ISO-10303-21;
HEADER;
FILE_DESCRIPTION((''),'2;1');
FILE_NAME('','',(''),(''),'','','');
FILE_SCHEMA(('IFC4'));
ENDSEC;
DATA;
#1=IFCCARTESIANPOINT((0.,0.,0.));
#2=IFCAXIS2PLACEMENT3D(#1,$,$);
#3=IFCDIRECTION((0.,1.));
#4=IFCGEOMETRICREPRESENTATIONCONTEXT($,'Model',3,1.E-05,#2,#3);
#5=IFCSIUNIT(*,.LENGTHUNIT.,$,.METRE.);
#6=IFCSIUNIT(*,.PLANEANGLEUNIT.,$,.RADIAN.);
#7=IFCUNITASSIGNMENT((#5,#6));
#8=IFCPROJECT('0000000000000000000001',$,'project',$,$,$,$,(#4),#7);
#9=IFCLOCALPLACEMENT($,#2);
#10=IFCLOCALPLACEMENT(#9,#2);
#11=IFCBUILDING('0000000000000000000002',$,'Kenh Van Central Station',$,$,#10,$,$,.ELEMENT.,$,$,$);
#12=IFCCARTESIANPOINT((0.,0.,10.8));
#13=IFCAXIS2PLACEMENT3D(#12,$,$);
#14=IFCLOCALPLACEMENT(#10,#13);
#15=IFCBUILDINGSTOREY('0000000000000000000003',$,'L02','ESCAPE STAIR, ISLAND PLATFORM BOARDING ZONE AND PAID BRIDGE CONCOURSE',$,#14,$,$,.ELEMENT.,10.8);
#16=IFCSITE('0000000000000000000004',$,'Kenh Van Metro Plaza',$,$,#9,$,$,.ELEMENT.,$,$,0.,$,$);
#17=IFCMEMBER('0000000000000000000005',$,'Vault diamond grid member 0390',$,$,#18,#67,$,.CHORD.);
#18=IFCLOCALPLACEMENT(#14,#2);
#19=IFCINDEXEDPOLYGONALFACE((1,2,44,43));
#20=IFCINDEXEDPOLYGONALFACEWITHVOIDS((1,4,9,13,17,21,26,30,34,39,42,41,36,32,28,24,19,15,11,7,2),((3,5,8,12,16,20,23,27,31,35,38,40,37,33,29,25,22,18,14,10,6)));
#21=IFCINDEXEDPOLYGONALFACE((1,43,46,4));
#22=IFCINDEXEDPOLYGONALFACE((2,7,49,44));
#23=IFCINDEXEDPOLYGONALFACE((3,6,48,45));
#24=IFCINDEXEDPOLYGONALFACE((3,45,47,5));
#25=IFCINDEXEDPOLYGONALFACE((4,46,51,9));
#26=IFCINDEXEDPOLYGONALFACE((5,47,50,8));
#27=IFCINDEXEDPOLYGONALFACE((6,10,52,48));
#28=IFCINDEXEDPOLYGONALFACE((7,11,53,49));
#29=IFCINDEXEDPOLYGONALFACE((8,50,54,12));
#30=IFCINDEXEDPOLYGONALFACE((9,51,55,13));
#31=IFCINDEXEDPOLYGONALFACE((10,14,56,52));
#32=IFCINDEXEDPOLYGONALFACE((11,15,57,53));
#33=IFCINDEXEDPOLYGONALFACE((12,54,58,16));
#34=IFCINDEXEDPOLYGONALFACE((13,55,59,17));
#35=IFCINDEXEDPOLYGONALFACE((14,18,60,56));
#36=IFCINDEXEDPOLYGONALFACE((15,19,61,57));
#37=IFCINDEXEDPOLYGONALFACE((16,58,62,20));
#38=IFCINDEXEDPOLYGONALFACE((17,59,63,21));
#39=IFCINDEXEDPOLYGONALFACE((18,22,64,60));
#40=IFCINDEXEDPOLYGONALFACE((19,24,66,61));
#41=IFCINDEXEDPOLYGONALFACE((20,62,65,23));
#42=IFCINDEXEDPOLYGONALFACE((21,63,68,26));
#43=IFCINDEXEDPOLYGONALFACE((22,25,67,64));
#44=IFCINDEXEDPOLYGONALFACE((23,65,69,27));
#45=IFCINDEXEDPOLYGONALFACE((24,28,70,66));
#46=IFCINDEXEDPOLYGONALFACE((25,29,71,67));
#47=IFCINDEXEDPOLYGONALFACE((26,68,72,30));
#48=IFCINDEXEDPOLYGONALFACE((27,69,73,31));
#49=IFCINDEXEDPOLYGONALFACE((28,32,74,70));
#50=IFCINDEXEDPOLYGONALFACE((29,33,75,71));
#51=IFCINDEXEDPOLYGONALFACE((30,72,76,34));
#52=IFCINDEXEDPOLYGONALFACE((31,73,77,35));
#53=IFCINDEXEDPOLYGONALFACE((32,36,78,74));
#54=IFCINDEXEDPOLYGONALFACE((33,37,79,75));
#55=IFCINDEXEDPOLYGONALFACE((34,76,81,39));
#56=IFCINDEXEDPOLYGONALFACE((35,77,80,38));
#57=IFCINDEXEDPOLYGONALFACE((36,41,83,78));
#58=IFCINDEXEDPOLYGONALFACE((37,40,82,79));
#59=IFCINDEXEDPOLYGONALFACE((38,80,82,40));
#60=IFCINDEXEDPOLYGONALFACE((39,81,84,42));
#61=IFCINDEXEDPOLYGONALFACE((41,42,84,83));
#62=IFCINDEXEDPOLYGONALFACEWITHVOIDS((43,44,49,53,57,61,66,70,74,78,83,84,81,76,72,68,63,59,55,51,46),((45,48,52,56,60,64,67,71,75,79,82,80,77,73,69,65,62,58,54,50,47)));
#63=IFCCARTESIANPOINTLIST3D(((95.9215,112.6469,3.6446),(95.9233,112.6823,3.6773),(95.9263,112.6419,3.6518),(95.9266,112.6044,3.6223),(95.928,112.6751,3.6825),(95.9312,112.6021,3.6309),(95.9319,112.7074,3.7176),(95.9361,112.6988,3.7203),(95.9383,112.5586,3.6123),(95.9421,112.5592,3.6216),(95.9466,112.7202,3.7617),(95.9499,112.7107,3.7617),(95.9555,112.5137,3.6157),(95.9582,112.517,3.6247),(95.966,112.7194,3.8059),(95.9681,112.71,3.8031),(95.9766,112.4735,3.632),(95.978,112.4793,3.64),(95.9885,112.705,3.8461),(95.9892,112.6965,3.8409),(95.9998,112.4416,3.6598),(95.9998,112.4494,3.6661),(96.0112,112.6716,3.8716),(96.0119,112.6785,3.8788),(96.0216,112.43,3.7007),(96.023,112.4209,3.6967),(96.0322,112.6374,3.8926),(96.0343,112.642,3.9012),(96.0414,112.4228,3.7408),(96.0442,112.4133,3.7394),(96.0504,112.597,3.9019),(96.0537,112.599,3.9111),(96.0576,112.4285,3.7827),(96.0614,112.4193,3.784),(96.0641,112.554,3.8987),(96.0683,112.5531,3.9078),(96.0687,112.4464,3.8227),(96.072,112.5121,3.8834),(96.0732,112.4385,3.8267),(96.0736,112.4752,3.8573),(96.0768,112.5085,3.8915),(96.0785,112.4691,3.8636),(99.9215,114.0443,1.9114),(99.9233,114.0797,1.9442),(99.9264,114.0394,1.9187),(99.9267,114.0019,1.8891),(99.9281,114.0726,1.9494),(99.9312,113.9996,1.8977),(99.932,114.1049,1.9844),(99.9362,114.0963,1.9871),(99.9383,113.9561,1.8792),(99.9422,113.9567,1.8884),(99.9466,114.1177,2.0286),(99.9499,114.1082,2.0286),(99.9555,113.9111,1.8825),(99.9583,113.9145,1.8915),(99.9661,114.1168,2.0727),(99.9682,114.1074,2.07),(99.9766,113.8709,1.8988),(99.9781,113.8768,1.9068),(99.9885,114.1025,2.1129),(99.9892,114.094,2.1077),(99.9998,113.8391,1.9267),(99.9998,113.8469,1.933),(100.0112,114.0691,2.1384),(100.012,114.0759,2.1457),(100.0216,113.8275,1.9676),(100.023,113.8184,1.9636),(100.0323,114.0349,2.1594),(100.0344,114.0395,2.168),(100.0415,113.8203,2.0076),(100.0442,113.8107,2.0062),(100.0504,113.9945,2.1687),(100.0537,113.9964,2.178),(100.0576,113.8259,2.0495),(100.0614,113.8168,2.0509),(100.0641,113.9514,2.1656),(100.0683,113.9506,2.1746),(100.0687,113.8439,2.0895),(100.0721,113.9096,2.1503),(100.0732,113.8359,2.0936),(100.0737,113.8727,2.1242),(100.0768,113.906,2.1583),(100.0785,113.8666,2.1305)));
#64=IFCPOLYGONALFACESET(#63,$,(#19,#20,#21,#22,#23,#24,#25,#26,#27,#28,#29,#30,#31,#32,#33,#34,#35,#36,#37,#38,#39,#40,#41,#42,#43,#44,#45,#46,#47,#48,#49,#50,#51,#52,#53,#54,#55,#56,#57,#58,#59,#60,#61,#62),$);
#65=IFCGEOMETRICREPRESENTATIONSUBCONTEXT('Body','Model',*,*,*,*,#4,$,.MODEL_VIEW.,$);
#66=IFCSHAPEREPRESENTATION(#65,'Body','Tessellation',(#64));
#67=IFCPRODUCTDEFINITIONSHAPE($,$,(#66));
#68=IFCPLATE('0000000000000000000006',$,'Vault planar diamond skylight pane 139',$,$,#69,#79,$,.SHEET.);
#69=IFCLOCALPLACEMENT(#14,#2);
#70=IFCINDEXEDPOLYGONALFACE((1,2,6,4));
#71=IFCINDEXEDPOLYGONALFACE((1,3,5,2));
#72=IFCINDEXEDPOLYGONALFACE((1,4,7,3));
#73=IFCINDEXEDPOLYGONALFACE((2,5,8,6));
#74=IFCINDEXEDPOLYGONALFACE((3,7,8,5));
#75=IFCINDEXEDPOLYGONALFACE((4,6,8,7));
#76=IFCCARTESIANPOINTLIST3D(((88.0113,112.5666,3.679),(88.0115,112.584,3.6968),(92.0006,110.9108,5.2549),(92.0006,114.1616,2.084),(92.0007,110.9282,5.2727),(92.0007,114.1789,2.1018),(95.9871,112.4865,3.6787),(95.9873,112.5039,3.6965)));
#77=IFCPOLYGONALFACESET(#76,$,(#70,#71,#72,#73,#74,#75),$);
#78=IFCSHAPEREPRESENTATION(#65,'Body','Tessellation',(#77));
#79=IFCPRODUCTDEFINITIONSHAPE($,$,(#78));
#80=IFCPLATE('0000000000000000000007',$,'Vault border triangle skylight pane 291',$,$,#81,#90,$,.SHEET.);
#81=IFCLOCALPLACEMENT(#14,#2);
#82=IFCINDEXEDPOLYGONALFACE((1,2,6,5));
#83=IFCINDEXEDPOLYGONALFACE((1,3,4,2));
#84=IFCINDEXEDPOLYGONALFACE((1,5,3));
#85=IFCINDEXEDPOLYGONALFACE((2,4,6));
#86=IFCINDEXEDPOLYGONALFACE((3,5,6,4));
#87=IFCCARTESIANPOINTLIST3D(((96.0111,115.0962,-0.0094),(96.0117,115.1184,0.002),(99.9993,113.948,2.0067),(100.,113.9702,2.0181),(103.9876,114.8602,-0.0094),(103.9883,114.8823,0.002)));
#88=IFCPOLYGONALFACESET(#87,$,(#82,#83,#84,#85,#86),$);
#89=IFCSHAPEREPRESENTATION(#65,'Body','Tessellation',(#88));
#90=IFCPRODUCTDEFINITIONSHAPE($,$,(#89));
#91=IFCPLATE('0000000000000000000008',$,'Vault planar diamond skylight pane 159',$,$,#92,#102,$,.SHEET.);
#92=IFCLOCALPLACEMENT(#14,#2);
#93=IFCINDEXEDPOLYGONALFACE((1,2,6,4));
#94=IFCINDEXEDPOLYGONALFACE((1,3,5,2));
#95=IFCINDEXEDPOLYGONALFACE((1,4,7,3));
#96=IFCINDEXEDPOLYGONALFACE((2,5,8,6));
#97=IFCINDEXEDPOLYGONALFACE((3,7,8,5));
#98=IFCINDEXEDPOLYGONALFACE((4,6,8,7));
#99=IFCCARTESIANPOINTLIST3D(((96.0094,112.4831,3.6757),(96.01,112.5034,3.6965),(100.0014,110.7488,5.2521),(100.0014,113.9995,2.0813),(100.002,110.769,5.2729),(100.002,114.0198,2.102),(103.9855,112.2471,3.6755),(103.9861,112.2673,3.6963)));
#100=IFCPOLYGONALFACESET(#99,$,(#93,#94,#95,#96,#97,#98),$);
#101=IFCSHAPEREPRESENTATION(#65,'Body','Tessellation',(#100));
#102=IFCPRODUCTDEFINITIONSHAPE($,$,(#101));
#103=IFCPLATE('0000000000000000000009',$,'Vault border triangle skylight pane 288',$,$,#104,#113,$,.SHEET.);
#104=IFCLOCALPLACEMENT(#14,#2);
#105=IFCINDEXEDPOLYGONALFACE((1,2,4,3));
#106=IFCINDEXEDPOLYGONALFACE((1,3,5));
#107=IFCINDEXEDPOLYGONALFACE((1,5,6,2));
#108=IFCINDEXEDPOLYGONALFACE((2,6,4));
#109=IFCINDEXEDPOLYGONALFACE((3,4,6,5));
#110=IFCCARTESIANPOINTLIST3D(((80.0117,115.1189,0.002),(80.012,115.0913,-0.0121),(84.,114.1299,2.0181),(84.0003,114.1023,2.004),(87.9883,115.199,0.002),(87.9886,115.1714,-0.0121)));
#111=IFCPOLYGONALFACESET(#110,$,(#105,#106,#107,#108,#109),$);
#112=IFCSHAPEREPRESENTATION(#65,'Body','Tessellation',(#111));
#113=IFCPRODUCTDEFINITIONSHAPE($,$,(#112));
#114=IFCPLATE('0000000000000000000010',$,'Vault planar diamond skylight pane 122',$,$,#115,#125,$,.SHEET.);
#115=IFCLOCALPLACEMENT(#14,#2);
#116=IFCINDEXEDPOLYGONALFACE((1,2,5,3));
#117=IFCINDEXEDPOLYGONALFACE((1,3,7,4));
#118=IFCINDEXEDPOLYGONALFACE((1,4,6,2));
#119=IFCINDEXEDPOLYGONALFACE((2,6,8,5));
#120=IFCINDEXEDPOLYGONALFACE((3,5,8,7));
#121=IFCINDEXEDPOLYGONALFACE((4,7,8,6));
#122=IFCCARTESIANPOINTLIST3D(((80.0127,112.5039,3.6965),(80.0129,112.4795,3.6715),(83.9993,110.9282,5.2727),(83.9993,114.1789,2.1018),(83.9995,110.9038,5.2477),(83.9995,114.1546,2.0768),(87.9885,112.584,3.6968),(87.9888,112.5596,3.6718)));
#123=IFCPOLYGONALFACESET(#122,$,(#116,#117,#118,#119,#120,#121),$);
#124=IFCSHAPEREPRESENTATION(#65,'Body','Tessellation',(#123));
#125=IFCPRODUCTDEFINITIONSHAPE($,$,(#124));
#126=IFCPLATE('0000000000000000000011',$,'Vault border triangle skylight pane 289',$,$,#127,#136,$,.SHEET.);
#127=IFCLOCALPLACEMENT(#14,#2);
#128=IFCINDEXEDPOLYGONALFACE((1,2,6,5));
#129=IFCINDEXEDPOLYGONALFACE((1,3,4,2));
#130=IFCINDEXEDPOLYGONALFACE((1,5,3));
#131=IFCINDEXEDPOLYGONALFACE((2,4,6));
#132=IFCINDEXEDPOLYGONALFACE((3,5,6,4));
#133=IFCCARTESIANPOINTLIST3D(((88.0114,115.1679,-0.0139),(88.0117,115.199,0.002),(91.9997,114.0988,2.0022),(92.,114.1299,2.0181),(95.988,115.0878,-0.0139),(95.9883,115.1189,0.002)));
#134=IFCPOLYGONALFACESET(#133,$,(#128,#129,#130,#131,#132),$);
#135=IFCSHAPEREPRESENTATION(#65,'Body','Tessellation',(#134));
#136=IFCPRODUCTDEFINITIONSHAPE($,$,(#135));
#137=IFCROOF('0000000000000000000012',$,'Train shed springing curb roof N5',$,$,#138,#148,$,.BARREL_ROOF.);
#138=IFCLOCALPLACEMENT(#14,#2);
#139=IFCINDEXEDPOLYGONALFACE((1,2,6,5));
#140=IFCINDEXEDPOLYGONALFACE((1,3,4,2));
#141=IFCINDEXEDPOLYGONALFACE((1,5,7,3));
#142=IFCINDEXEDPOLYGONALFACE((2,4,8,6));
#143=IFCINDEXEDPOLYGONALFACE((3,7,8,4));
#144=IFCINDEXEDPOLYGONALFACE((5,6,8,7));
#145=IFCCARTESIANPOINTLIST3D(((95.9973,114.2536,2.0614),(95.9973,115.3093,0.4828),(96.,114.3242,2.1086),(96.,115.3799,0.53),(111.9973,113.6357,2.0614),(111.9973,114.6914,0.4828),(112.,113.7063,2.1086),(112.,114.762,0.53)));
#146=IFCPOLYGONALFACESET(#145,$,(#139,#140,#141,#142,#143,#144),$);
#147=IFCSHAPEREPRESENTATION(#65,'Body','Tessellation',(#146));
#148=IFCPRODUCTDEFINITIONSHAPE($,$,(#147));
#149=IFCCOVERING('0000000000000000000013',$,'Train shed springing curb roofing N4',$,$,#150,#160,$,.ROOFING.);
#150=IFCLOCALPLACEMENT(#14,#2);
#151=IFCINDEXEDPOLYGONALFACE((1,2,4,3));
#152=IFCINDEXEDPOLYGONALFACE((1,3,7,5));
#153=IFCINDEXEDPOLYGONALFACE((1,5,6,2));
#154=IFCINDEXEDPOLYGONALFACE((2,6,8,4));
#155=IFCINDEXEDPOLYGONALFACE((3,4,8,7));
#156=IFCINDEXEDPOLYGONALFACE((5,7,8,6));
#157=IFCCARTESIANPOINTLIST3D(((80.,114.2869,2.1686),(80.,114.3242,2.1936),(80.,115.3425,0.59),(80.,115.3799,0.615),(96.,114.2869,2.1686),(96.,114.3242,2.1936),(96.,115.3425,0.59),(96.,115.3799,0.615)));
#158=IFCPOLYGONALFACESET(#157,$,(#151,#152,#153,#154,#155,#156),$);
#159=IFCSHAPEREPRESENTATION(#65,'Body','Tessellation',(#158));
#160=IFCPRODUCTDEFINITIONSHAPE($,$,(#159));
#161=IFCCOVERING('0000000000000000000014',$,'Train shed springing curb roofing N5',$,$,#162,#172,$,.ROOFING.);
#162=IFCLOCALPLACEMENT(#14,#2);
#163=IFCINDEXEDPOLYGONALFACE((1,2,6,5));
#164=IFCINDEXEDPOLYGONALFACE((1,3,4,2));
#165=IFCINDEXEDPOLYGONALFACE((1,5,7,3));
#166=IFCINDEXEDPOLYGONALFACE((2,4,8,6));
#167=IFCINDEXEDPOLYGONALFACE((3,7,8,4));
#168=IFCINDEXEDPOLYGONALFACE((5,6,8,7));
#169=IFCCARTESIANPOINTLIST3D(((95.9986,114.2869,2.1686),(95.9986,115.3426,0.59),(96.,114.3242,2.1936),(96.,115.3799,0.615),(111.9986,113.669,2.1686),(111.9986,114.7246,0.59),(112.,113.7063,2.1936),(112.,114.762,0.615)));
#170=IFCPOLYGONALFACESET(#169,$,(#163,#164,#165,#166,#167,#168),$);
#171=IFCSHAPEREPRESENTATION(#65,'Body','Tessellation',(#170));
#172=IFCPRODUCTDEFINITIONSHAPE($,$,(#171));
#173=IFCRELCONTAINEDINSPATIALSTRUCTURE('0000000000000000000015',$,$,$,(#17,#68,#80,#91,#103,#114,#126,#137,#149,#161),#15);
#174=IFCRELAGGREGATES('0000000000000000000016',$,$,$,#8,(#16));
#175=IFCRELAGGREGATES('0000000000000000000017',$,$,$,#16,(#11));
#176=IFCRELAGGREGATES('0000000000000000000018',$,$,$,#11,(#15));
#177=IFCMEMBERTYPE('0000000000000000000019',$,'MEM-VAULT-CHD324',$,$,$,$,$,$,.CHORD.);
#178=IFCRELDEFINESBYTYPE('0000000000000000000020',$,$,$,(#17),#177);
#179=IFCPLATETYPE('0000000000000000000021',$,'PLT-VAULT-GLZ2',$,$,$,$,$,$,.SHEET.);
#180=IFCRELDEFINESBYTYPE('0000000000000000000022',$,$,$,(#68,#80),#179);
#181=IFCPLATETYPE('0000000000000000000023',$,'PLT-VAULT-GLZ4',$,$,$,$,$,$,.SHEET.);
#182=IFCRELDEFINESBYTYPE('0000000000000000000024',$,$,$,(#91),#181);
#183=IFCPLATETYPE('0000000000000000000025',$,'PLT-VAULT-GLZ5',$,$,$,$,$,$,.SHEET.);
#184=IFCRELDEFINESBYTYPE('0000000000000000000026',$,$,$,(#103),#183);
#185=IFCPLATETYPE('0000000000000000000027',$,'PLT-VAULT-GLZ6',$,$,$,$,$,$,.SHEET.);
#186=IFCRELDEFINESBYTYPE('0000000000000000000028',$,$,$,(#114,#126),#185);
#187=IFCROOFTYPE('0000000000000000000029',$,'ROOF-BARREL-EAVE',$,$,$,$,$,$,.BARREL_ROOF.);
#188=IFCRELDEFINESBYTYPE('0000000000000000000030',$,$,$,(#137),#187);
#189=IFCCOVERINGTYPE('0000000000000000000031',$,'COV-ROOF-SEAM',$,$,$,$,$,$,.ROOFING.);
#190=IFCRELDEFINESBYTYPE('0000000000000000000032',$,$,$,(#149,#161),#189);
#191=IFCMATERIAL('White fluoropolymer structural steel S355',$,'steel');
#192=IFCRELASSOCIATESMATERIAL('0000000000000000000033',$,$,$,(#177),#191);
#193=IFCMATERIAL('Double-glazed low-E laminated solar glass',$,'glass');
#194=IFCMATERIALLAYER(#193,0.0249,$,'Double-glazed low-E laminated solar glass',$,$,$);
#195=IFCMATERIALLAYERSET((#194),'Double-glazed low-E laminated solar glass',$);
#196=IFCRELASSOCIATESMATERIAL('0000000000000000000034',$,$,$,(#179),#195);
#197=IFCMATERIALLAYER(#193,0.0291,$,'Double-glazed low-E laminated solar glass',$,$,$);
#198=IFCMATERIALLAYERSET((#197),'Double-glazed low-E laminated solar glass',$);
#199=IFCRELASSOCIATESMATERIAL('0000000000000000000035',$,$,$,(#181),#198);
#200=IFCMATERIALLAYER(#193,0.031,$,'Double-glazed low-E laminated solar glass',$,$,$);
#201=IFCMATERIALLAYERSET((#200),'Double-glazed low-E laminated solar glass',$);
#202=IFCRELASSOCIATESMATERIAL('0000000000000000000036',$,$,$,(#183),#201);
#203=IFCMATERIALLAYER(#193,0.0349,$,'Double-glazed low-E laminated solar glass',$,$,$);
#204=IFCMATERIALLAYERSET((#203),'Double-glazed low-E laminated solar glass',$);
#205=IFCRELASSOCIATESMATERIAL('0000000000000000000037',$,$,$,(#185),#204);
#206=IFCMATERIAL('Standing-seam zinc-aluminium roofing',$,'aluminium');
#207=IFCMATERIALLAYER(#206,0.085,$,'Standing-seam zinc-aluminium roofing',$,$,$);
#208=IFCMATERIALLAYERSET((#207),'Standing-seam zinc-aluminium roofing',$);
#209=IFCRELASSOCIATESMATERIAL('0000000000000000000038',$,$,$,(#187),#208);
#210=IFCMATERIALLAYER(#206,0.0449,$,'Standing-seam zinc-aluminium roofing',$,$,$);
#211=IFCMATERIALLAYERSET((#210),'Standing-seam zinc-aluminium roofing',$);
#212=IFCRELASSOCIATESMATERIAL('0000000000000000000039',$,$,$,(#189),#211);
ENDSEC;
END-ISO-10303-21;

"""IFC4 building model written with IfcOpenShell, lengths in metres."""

from ifc_helpers import new_model, si_unit, direction, frame, origin, origin_2d, place, context, subcontext, project, spatial, polyline, hollow_circle, outline, extrude, material, layer, layer_set, material_profile, profile_set, type_object, element, save


model = new_model("IFC4")

# Units and contexts
model_context = context("Model", 3, precision=1e-05, world=origin(), true_north=direction((0.0, 1.0)))
body_context = subcontext(model_context, "Body", "Model", "MODEL_VIEW")
ifc_project = project(units=[si_unit("LENGTHUNIT", "METRE"), si_unit("PLANEANGLEUNIT", "RADIAN")], contexts=[model_context])

# Site, building, storey
site_placement = place(None, origin())
site = spatial("IfcSite", under=ifc_project, at=site_placement, Name="Kenh Van Metro Plaza", CompositionType="ELEMENT", RefElevation=0.0)
building_placement = place(site_placement, origin())
building = spatial("IfcBuilding", under=site, at=building_placement, Name="Kenh Van Central Station", CompositionType="ELEMENT")
storey_placement = place(building_placement, frame((0.0, 0.0, 10.8)))
storey = spatial("IfcBuildingStorey", under=building, at=storey_placement, Name="L02", Description="ESCAPE STAIR, ISLAND PLATFORM BOARDING ZONE AND PAID BRIDGE CONCOURSE", CompositionType="ELEMENT", Elevation=10.8)

# Shared definitions
ifc_material_1 = material(Name="White fluoropolymer structural steel S355", Category="steel")

# Member
ifc_material_profile_1 = material_profile(ifc_material_1, hollow_circle(Radius=0.1619, WallThickness=0.01, at=origin_2d()), Name="CHS 323.9x10")
ifc_profile_set_1 = profile_set([ifc_material_profile_1], Name="White fluoropolymer structural steel S355")
member_type_1 = type_object("IfcMemberType", Name="MEM-VAULT-CHD324", PredefinedType="CHORD", material=ifc_profile_set_1)
member_1_placement = place(storey_placement, frame((96.0, 112.5674, 3.7617), z_axis=(0.873772, 0.305266, -0.378596), x_axis=(-0.329817, 0.944045, 0.0)))
element("IfcMember", 1, at=member_1_placement, inside=storey, type_object=member_type_1, Name="Vault diamond grid member 0390", PredefinedType="CHORD", context=body_context, shape_type="SweptSolid", body=[
    extrude(hollow_circle(Radius=0.1619, WallThickness=0.01, at=origin_2d()), origin(), (0.0, 0.0, 1.0), 4.5779),
])

# Plates
ifc_material_2 = material(Name="Double-glazed low-E laminated solar glass", Category="glass")
ifc_layer_1 = layer(ifc_material_2, 0.0249, Name="Double-glazed low-E laminated solar glass")
ifc_layer_set_1 = layer_set([ifc_layer_1], Name="Double-glazed low-E laminated solar glass")
plate_type_1 = type_object("IfcPlateType", Name="PLT-VAULT-GLZ2", PredefinedType="SHEET", material=ifc_layer_set_1)
plate_1_placement = place(storey_placement, frame((88.0115, 112.584, 3.6968), z_axis=(0.007032, 0.698245, 0.715825), x_axis=(0.867655, -0.360127, 0.342759)))
element("IfcPlate", 2, at=plate_1_placement, inside=storey, type_object=plate_type_1, Name="Vault planar diamond skylight pane 139", PredefinedType="SHEET", context=body_context, shape_type="SweptSolid", body=[
    extrude(outline(polyline([(0.0, 0.0), (4.5977, 0.0), (6.949, 3.9155), (2.3402, 3.9402), (0.0, 0.0)])), origin(), (0.0, 0.0, -1.0), 0.0249),
])
plate_2_placement = place(storey_placement, frame((96.0117, 115.1184, 0.002), z_axis=(0.026347, 0.89018, 0.454846), x_axis=(0.864378, -0.248847, 0.436951)))
element("IfcPlate", 3, at=plate_2_placement, inside=storey, type_object=plate_type_1, Name="Vault border triangle skylight pane 291", PredefinedType="SHEET", context=body_context, shape_type="SweptSolid", body=[
    extrude(outline(polyline([(0.0, 0.0), (4.614, 0.0), (6.9535, 3.9153), (0.0, 0.0)])), origin(), (0.0, 0.0, -1.0), 0.0249),
])
ifc_layer_2 = layer(ifc_material_2, 0.0291, Name="Double-glazed low-E laminated solar glass")
ifc_layer_set_2 = layer_set([ifc_layer_2], Name="Double-glazed low-E laminated solar glass")
plate_type_2 = type_object("IfcPlateType", Name="PLT-VAULT-GLZ4", PredefinedType="SHEET", material=ifc_layer_set_2)
plate_3_placement = place(storey_placement, frame((96.01, 112.5034, 3.6965), z_axis=(0.020685, 0.698113, 0.715689), x_axis=(0.862355, -0.374668, 0.340542)))
element("IfcPlate", 4, at=plate_3_placement, inside=storey, type_object=plate_type_2, Name="Vault planar diamond skylight pane 159", PredefinedType="SHEET", context=body_context, shape_type="SweptSolid", body=[
    extrude(outline(polyline([(0.0, 0.0), (4.6291, 0.0), (6.9666, 3.8911), (2.3314, 3.9169), (0.0, 0.0)])), origin(), (0.0, 0.0, -1.0), 0.0291),
])
ifc_layer_3 = layer(ifc_material_2, 0.031, Name="Double-glazed low-E laminated solar glass")
ifc_layer_set_3 = layer_set([ifc_layer_3], Name="Double-glazed low-E laminated solar glass")
plate_type_3 = type_object("IfcPlateType", Name="PLT-VAULT-GLZ5", PredefinedType="SHEET", material=ifc_layer_set_3)
plate_4_placement = place(storey_placement, frame((80.0117, 115.1189, 0.002), z_axis=(-0.008941, 0.890651, 0.454601), x_axis=(0.871368, -0.216082, 0.440485)))
element("IfcPlate", 5, at=plate_4_placement, inside=storey, type_object=plate_type_3, Name="Vault border triangle skylight pane 288", PredefinedType="SHEET", context=body_context, shape_type="SweptSolid", body=[
    extrude(outline(polyline([(0.0, 0.0), (4.577, 0.0), (6.9332, 3.9449), (0.0, 0.0)])), origin(), (0.0, 0.0, -1.0), 0.031),
])
ifc_layer_4 = layer(ifc_material_2, 0.0349, Name="Double-glazed low-E laminated solar glass")
ifc_layer_set_4 = layer_set([ifc_layer_4], Name="Double-glazed low-E laminated solar glass")
plate_type_4 = type_object("IfcPlateType", Name="PLT-VAULT-GLZ6", PredefinedType="SHEET", material=ifc_layer_set_4)
plate_5_placement = place(storey_placement, frame((80.0127, 112.5039, 3.6965), z_axis=(-0.007032, 0.698245, 0.715825), x_axis=(0.872859, -0.344998, 0.3451)))
element("IfcPlate", 6, at=plate_5_placement, inside=storey, type_object=plate_type_4, Name="Vault planar diamond skylight pane 122", PredefinedType="SHEET", context=body_context, shape_type="SweptSolid", body=[
    extrude(outline(polyline([(0.0, 0.0), (4.5673, 0.0), (6.9342, 3.9417), (2.3515, 3.9639), (0.0, 0.0)])), origin(), (0.0, 0.0, -1.0), 0.0349),
])
plate_6_placement = place(storey_placement, frame((88.0117, 115.199, 0.002), z_axis=(0.008941, 0.890651, 0.454601), x_axis=(0.86796, -0.232664, 0.438762)))
element("IfcPlate", 7, at=plate_6_placement, inside=storey, type_object=plate_type_4, Name="Vault border triangle skylight pane 289", PredefinedType="SHEET", context=body_context, shape_type="SweptSolid", body=[
    extrude(outline(polyline([(0.0, 0.0), (4.595, 0.0), (6.942, 3.9295), (0.0, 0.0)])), origin(), (0.0, 0.0, -1.0), 0.0349),
])

# Roof
ifc_material_3 = material(Name="Standing-seam zinc-aluminium roofing", Category="aluminium")
ifc_layer_5 = layer(ifc_material_3, 0.085, Name="Standing-seam zinc-aluminium roofing")
ifc_layer_set_5 = layer_set([ifc_layer_5], Name="Standing-seam zinc-aluminium roofing")
roof_type = type_object("IfcRoofType", Name="ROOF-BARREL-EAVE", PredefinedType="BARREL_ROOF", material=ifc_layer_set_5)
roof_placement = place(storey_placement, frame((96.0, 114.3242, 2.1086), z_axis=(0.032087, 0.83083, 0.5556), x_axis=(0.999255, -0.038591, 0.0)))
element("IfcRoof", 8, at=roof_placement, inside=storey, type_object=roof_type, Name="Train shed springing curb roof N5", PredefinedType="BARREL_ROOF", context=body_context, shape_type="SweptSolid", body=[
    extrude(outline(polyline([(0.0, 0.0), (16.0119, 0.0), (15.9712, 1.8986), (-0.0407, 1.8986), (0.0, 0.0)])), origin(), (0.0, 0.0, -1.0), 0.085),
])

# Coverings
ifc_layer_6 = layer(ifc_material_3, 0.0449, Name="Standing-seam zinc-aluminium roofing")
ifc_layer_set_6 = layer_set([ifc_layer_6], Name="Standing-seam zinc-aluminium roofing")
covering_type = type_object("IfcCoveringType", Name="COV-ROOF-SEAM", PredefinedType="ROOFING", material=ifc_layer_set_6)
covering_1_placement = place(storey_placement, frame((80.0, 114.3242, 2.1936), z_axis=(0.0, 0.831258, 0.555886), x_axis=(1.0, 0.0, 0.0)))
element("IfcCovering", 9, at=covering_1_placement, inside=storey, type_object=covering_type, Name="Train shed springing curb roofing N4", PredefinedType="ROOFING", context=body_context, shape_type="SweptSolid", body=[
    extrude(outline(polyline([(0.0, 0.0), (16.0, 0.0), (16.0, 1.8991), (0.0, 1.8991), (0.0, 0.0)])), origin(), (0.0, 0.0, -1.0), 0.0449),
])
covering_2_placement = place(storey_placement, frame((96.0, 114.3242, 2.1936), z_axis=(0.032087, 0.83083, 0.5556), x_axis=(0.999255, -0.038591, 0.0)))
element("IfcCovering", 10, at=covering_2_placement, inside=storey, type_object=covering_type, Name="Train shed springing curb roofing N5", PredefinedType="ROOFING", context=body_context, shape_type="SweptSolid", body=[
    extrude(outline(polyline([(0.0, 0.0), (16.0119, 0.0), (15.9712, 1.8986), (-0.0407, 1.8986), (0.0, 0.0)])), origin(), (0.0, 0.0, -1.0), 0.0449),
])

save(model, "model.ifc")
